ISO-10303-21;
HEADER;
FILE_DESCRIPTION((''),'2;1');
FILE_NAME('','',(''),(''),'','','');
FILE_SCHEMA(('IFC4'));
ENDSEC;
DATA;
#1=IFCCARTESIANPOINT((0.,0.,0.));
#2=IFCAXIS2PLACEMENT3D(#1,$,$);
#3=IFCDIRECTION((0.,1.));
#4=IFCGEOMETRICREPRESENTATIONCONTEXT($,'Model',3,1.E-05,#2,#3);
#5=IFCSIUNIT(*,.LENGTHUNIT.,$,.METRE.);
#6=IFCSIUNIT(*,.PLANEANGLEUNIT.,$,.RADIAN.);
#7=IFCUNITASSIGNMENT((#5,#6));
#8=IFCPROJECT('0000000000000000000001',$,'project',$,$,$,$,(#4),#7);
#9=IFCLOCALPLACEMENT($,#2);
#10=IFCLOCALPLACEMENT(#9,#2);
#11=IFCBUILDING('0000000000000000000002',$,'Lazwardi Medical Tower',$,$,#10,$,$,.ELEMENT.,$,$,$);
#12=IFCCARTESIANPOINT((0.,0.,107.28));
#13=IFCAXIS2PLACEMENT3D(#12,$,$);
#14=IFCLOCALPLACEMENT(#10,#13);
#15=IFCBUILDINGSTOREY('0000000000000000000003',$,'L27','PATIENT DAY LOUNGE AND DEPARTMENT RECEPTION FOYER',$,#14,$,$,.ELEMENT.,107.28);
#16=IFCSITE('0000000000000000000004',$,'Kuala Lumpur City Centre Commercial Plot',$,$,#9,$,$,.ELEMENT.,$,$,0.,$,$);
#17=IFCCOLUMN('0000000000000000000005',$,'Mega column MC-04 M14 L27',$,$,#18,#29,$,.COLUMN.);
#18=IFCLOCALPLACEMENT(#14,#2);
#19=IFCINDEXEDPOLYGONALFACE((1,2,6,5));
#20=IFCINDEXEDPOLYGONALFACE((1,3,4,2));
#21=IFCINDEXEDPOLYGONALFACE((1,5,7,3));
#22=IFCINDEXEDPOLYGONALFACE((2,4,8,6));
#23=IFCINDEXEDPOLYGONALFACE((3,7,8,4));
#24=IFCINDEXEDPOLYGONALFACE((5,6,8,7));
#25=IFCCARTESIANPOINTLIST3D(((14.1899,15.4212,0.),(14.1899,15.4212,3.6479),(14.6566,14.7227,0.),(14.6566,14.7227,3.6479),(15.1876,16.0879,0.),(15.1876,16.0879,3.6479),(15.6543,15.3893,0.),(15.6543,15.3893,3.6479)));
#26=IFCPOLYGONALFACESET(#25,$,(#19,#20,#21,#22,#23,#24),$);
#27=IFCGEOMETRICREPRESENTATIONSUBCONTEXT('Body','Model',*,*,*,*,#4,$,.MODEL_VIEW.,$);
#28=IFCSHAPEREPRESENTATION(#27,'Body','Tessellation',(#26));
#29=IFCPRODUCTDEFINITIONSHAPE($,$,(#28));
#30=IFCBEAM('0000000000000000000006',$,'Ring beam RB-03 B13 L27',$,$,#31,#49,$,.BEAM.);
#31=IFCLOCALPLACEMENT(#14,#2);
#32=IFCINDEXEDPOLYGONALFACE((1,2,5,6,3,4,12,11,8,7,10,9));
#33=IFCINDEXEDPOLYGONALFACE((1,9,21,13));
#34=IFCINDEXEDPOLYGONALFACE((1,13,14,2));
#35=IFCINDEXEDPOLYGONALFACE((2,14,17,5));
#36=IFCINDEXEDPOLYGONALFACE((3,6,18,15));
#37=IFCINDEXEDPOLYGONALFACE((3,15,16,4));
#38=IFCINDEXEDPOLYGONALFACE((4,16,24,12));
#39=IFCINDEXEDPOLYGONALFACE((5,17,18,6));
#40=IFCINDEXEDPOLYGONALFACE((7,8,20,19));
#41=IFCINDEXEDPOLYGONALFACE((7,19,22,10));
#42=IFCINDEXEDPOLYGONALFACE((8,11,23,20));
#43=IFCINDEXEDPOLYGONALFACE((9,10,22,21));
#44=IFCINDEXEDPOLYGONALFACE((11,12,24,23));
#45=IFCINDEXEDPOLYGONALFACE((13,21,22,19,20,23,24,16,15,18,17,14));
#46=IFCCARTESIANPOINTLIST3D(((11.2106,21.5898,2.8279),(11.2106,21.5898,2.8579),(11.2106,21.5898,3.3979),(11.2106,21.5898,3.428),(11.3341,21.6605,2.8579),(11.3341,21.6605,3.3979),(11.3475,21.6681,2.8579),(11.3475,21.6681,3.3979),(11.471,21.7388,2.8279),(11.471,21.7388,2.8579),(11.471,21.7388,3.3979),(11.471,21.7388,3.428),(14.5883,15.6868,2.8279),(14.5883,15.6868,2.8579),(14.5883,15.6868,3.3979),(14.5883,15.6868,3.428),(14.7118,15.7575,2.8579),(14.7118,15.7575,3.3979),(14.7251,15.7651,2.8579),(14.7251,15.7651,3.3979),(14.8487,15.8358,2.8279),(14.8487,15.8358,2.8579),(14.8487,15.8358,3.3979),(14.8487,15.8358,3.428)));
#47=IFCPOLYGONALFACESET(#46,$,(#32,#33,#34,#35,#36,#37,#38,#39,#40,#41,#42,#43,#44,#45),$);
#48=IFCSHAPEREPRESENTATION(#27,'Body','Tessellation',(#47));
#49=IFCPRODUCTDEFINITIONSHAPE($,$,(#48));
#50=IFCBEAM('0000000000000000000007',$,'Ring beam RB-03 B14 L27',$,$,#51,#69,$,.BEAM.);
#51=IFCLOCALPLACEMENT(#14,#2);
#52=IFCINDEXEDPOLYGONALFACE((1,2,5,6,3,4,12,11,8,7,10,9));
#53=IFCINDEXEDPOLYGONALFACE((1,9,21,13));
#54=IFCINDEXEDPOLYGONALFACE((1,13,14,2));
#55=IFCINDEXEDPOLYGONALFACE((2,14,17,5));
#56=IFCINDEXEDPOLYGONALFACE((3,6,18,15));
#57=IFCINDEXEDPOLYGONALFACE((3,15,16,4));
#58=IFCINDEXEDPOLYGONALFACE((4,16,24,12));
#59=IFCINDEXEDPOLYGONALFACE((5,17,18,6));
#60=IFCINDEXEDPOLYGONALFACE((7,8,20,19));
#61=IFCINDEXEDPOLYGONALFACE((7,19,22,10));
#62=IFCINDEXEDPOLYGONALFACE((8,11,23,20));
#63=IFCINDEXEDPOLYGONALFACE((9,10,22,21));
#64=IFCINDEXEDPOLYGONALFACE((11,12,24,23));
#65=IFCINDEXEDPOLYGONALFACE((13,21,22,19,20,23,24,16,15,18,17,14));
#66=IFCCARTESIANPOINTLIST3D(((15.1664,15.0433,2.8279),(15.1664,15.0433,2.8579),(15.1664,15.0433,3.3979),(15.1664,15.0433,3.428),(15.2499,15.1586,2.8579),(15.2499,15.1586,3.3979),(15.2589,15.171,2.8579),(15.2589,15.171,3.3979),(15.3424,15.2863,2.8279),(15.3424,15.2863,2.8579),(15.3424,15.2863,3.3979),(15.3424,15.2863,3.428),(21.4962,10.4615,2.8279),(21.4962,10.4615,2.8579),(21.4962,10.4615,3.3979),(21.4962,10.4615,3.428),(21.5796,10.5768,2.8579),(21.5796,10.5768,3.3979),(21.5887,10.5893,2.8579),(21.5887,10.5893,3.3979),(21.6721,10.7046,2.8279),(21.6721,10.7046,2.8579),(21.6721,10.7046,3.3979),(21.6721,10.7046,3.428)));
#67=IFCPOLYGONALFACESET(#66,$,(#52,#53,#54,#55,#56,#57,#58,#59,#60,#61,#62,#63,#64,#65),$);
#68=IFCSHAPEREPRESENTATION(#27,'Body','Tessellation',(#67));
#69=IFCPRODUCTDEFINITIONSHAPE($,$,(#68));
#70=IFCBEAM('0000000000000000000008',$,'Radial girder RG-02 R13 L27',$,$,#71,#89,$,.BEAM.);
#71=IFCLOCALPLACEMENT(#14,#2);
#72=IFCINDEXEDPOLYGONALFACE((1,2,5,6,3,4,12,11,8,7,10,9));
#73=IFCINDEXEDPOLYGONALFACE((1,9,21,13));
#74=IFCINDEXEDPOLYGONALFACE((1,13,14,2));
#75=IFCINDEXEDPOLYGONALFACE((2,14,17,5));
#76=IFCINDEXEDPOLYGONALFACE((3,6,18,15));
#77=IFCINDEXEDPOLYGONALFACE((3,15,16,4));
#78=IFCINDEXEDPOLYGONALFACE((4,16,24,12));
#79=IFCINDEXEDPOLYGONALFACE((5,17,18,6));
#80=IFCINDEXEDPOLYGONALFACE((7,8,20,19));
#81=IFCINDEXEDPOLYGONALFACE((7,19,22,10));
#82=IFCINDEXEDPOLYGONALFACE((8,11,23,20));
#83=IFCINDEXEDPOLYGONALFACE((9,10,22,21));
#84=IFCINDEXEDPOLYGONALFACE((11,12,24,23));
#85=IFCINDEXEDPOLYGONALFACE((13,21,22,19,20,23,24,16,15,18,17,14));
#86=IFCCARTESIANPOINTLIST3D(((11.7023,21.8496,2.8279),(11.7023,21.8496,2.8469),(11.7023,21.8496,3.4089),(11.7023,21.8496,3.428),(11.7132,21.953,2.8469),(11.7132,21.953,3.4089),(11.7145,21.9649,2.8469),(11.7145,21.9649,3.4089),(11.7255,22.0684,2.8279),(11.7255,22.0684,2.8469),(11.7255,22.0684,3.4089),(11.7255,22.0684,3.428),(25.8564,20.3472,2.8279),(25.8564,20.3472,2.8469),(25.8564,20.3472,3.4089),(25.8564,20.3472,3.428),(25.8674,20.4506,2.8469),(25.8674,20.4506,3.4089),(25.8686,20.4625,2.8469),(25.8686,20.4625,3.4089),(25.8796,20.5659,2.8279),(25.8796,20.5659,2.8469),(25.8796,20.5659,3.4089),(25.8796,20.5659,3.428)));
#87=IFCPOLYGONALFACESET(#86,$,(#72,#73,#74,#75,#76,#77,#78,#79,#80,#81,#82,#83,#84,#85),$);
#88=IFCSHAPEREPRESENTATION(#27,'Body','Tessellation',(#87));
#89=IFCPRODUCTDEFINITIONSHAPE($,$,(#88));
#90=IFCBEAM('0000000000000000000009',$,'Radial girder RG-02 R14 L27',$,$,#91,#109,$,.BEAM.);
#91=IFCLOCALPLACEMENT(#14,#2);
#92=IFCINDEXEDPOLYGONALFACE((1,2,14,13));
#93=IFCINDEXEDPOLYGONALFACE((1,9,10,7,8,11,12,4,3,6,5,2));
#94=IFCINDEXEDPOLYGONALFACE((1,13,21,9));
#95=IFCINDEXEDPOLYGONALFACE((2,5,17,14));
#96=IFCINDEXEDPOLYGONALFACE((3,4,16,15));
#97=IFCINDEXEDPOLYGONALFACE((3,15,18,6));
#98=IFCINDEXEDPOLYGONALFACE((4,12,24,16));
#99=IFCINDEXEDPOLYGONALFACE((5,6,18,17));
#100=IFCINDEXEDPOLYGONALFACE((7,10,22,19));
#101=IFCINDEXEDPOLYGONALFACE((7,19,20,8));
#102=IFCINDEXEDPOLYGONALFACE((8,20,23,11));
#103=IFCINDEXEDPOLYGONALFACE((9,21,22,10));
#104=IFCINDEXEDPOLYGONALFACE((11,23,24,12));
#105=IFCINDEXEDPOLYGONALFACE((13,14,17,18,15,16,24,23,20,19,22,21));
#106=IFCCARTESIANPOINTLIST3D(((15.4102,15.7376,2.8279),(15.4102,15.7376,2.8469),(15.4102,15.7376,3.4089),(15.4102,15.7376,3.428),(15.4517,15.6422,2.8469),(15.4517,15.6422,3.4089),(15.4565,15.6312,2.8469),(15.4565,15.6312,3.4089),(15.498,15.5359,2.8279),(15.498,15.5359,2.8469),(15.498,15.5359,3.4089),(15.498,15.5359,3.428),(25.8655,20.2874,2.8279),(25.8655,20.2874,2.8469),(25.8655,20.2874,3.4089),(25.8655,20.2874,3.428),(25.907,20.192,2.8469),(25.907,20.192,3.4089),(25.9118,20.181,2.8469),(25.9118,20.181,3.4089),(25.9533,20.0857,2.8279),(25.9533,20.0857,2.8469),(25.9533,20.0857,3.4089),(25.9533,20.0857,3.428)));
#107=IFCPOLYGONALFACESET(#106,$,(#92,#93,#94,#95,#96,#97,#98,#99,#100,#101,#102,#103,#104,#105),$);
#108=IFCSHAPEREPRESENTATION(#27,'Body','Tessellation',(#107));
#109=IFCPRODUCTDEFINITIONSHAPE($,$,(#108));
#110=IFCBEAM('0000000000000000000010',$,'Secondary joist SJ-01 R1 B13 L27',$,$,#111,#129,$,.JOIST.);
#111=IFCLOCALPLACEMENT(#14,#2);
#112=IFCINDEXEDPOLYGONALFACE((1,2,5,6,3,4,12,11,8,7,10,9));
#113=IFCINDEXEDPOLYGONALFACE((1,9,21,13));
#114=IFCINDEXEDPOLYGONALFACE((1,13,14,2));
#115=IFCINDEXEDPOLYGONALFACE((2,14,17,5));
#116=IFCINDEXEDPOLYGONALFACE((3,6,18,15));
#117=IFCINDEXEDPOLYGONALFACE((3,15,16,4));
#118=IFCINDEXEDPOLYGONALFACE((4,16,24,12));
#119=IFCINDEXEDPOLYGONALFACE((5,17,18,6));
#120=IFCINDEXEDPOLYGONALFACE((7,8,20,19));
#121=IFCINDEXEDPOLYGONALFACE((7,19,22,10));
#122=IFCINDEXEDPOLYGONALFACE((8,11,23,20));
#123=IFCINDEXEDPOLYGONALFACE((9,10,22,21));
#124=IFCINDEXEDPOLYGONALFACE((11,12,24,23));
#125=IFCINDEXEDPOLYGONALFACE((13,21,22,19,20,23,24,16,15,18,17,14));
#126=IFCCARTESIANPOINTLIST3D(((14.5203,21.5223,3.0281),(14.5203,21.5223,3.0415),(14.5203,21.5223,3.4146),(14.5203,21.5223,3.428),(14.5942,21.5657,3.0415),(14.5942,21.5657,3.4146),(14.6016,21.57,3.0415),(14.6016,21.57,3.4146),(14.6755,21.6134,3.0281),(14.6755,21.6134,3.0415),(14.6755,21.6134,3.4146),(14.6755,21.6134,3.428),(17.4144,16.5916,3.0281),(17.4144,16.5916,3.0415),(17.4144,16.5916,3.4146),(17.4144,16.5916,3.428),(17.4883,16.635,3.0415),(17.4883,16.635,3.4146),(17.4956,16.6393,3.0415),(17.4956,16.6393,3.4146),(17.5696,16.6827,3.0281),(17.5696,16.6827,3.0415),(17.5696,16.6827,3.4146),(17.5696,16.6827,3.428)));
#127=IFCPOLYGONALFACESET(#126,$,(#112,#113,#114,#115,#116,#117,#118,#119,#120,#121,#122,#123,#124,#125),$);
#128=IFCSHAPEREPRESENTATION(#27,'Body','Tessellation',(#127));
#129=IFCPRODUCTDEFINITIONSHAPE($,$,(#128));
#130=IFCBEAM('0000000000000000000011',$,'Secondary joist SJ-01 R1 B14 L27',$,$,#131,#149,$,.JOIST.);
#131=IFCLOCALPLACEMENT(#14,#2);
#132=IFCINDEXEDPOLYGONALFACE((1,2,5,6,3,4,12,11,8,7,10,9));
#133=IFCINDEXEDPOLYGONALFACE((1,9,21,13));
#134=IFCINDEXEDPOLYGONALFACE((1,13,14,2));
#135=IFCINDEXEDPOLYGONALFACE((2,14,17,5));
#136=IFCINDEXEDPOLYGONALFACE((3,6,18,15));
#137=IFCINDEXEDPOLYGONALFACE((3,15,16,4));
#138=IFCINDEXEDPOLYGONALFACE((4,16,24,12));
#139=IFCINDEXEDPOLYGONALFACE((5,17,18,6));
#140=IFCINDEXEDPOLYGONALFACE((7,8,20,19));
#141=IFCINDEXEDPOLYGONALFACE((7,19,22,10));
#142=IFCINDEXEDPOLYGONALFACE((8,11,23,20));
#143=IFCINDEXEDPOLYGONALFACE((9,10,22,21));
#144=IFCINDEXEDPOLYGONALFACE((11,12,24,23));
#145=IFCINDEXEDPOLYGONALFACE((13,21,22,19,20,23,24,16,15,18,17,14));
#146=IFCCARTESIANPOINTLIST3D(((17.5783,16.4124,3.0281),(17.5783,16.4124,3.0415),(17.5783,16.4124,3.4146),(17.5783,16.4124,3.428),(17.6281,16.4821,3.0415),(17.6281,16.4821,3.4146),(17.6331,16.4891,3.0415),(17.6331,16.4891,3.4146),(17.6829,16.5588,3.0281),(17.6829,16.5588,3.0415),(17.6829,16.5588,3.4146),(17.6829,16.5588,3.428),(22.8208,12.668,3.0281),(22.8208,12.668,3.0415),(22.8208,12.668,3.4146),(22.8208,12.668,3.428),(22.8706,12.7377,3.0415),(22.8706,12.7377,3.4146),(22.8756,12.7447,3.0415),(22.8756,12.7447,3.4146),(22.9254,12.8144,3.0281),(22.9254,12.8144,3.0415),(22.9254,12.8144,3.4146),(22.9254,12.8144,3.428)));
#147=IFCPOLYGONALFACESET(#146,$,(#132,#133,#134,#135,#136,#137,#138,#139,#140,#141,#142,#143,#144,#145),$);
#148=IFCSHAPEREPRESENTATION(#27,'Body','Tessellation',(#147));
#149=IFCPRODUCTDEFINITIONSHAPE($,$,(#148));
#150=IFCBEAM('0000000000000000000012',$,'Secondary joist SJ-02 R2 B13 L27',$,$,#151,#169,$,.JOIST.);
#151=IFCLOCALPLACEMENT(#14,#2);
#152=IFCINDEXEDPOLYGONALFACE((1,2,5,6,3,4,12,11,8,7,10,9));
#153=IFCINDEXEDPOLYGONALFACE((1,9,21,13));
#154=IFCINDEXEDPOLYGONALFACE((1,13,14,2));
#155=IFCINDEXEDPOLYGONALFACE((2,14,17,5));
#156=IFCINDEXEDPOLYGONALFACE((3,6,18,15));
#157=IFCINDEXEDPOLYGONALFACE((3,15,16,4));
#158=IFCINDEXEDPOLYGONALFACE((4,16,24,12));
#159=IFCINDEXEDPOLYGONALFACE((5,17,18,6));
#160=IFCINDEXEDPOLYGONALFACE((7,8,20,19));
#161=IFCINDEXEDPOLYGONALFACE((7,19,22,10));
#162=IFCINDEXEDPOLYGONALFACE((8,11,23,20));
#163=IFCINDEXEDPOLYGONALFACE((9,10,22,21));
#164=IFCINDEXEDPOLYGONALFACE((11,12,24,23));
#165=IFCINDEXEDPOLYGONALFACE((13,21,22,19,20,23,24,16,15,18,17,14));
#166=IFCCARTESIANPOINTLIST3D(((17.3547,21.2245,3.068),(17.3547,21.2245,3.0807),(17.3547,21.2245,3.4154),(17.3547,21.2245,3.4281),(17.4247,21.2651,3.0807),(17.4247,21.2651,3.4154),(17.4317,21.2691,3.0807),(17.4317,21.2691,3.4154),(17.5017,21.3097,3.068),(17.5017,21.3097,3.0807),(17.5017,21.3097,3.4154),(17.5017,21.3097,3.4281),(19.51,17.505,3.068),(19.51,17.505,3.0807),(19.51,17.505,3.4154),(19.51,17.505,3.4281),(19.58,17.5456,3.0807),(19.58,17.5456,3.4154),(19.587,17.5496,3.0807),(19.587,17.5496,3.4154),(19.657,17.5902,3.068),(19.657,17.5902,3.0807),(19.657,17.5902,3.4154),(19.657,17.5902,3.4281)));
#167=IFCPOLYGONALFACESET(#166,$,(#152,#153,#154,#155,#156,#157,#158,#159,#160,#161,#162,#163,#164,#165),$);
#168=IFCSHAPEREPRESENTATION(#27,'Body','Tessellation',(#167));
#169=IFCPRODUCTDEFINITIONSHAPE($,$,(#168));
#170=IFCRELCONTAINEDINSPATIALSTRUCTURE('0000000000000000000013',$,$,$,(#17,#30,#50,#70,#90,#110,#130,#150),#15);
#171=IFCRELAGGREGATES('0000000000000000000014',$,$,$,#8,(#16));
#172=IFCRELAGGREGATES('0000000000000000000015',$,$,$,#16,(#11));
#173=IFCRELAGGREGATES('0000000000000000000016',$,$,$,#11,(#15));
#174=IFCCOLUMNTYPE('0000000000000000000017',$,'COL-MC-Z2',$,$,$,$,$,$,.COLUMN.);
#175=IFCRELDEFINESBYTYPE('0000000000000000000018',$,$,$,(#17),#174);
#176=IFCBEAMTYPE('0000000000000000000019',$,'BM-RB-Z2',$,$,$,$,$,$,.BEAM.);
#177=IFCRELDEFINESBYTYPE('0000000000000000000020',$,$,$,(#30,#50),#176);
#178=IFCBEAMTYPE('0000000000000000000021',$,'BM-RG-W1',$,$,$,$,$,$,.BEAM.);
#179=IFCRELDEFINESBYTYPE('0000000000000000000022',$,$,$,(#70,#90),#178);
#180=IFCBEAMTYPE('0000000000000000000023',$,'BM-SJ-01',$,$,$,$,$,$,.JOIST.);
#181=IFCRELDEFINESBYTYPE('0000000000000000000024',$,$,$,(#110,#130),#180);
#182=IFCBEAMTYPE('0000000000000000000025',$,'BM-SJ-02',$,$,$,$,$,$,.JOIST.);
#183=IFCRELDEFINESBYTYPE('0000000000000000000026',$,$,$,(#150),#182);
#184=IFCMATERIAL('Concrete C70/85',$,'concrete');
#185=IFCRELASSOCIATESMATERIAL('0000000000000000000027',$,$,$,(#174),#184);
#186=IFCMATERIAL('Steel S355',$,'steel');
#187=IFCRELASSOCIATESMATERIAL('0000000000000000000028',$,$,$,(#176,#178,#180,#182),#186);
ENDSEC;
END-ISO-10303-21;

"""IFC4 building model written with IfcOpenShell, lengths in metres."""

from ifc_helpers import new_model, si_unit, direction, frame, origin, origin_2d, place, context, subcontext, project, spatial, rectangle, i_section, extrude, material, material_profile, profile_set, type_object, element, save


model = new_model("IFC4")

# Units and contexts
model_context = context("Model", 3, precision=1e-05, world=origin(), true_north=direction((0.0, 1.0)))
body_context = subcontext(model_context, "Body", "Model", "MODEL_VIEW")
ifc_project = project(units=[si_unit("LENGTHUNIT", "METRE"), si_unit("PLANEANGLEUNIT", "RADIAN")], contexts=[model_context])

# Site, building, storey
site_placement = place(None, origin())
site = spatial("IfcSite", under=ifc_project, at=site_placement, Name="Kuala Lumpur City Centre Commercial Plot", CompositionType="ELEMENT", RefElevation=0.0)
building_placement = place(site_placement, origin())
building = spatial("IfcBuilding", under=site, at=building_placement, Name="Lazwardi Medical Tower", CompositionType="ELEMENT")
storey_placement = place(building_placement, frame((0.0, 0.0, 107.28)))
storey = spatial("IfcBuildingStorey", under=building, at=storey_placement, Name="L27", Description="PATIENT DAY LOUNGE AND DEPARTMENT RECEPTION FOYER", CompositionType="ELEMENT", Elevation=107.28)

# Column
ifc_material_1 = material(Name="Concrete C70/85", Category="concrete")
ifc_material_profile_1 = material_profile(ifc_material_1, rectangle(XDim=1.2, YDim=0.8401, at=origin_2d()), Name="CFT-RECT 1200x840")
ifc_profile_set_1 = profile_set([ifc_material_profile_1], Name="Concrete C70/85")
column_type = type_object("IfcColumnType", Name="COL-MC-Z2", PredefinedType="COLUMN", material=ifc_profile_set_1)
column_placement = place(storey_placement, frame((14.9221, 15.4053, 0.0), z_axis=(0.0, 0.0, 1.0), x_axis=(-0.83147, -0.55557, 0.0)))
element("IfcColumn", 1, at=column_placement, inside=storey, type_object=column_type, Name="Mega column MC-04 M14 L27", PredefinedType="COLUMN", context=body_context, shape_type="SweptSolid", body=[
    extrude(rectangle(XDim=1.2, YDim=0.8401, at=origin_2d()), origin(), (0.0, 0.0, 1.0), 3.6479),
])

# Beams
ifc_material_2 = material(Name="Steel S355", Category="steel")
ifc_material_profile_2 = material_profile(ifc_material_2, i_section(OverallWidth=0.3, OverallDepth=0.6001, WebThickness=0.0154, FlangeThickness=0.03, at=origin_2d()), Name="HEB 600")
ifc_profile_set_2 = profile_set([ifc_material_profile_2], Name="Steel S355")
beam_type_1 = type_object("IfcBeamType", Name="BM-RB-Z2", PredefinedType="BEAM", material=ifc_profile_set_2)
beam_1_placement = place(storey_placement, frame((11.3408, 21.6643, 3.1279), z_axis=(0.496638, -0.867958, 0.0), x_axis=(0.867958, 0.496638, 0.0)))
element("IfcBeam", 2, at=beam_1_placement, inside=storey, type_object=beam_type_1, Name="Ring beam RB-03 B13 L27", PredefinedType="BEAM", context=body_context, shape_type="SweptSolid", body=[
    extrude(i_section(OverallWidth=0.3, OverallDepth=0.6001, WebThickness=0.0154, FlangeThickness=0.03, at=origin_2d()), origin(), (0.0, 0.0, 1.0), 6.801),
])
beam_2_placement = place(storey_placement, frame((15.2544, 15.1648, 3.1279), z_axis=(0.810057, -0.586351, 0.0), x_axis=(0.586351, 0.810057, 0.0)))
element("IfcBeam", 3, at=beam_2_placement, inside=storey, type_object=beam_type_1, Name="Ring beam RB-03 B14 L27", PredefinedType="BEAM", context=body_context, shape_type="SweptSolid", body=[
    extrude(i_section(OverallWidth=0.3, OverallDepth=0.6001, WebThickness=0.0154, FlangeThickness=0.03, at=origin_2d()), origin(), (0.0, 0.0, 1.0), 7.814),
])
ifc_material_profile_3 = material_profile(ifc_material_2, i_section(OverallWidth=0.22, OverallDepth=0.6001, WebThickness=0.012, FlangeThickness=0.019, at=origin_2d()), Name="IPE 600")
ifc_profile_set_3 = profile_set([ifc_material_profile_3], Name="Steel S355")
beam_type_2 = type_object("IfcBeamType", Name="BM-RG-W1", PredefinedType="BEAM", material=ifc_profile_set_3)
beam_3_placement = place(storey_placement, frame((11.7139, 21.959, 3.1279), z_axis=(0.994413, -0.105556, 0.0), x_axis=(0.105556, 0.994413, 0.0)))
element("IfcBeam", 4, at=beam_3_placement, inside=storey, type_object=beam_type_2, Name="Radial girder RG-02 R13 L27", PredefinedType="BEAM", context=body_context, shape_type="SweptSolid", body=[
    extrude(i_section(OverallWidth=0.22, OverallDepth=0.6001, WebThickness=0.012, FlangeThickness=0.019, at=origin_2d()), origin(), (0.0, 0.0, 1.0), 14.2336),
])
beam_4_placement = place(storey_placement, frame((15.4541, 15.6367, 3.1279), z_axis=(0.916941, 0.399022, 0.0), x_axis=(-0.399022, 0.916941, 0.0)))
element("IfcBeam", 5, at=beam_4_placement, inside=storey, type_object=beam_type_2, Name="Radial girder RG-02 R14 L27", PredefinedType="BEAM", context=body_context, shape_type="SweptSolid", body=[
    extrude(i_section(OverallWidth=0.22, OverallDepth=0.6001, WebThickness=0.012, FlangeThickness=0.019, at=origin_2d()), origin(), (0.0, 0.0, 1.0), 11.4023),
])
ifc_material_profile_4 = material_profile(ifc_material_2, i_section(OverallWidth=0.1799, OverallDepth=0.3999, WebThickness=0.0085, FlangeThickness=0.0134, at=origin_2d()), Name="IPE 400")
ifc_profile_set_4 = profile_set([ifc_material_profile_4], Name="Steel S355")
beam_type_3 = type_object("IfcBeamType", Name="BM-SJ-01", PredefinedType="JOIST", material=ifc_profile_set_4)
beam_5_placement = place(storey_placement, frame((14.5979, 21.5679, 3.228), z_axis=(0.506195, -0.862419, 0.0), x_axis=(0.862419, 0.506195, 0.0)))
element("IfcBeam", 6, at=beam_5_placement, inside=storey, type_object=beam_type_3, Name="Secondary joist SJ-01 R1 B13 L27", PredefinedType="JOIST", context=body_context, shape_type="SweptSolid", body=[
    extrude(i_section(OverallWidth=0.1799, OverallDepth=0.3999, WebThickness=0.0085, FlangeThickness=0.0134, at=origin_2d()), origin(), (0.0, 0.0, 1.0), 5.7173),
])
beam_6_placement = place(storey_placement, frame((17.6306, 16.4856, 3.228), z_axis=(0.813749, -0.581217, 0.0), x_axis=(0.581217, 0.813749, 0.0)))
element("IfcBeam", 7, at=beam_6_placement, inside=storey, type_object=beam_type_3, Name="Secondary joist SJ-01 R1 B14 L27", PredefinedType="JOIST", context=body_context, shape_type="SweptSolid", body=[
    extrude(i_section(OverallWidth=0.1799, OverallDepth=0.3999, WebThickness=0.0085, FlangeThickness=0.0134, at=origin_2d()), origin(), (0.0, 0.0, 1.0), 6.4424),
])
ifc_material_profile_5 = material_profile(ifc_material_2, i_section(OverallWidth=0.1699, OverallDepth=0.3601, WebThickness=0.0081, FlangeThickness=0.0127, at=origin_2d()), Name="IPE 360")
ifc_profile_set_5 = profile_set([ifc_material_profile_5], Name="Steel S355")
beam_type_4 = type_object("IfcBeamType", Name="BM-SJ-02", PredefinedType="JOIST", material=ifc_profile_set_5)
beam_7_placement = place(storey_placement, frame((17.4282, 21.2671, 3.248), z_axis=(0.501365, -0.865236, 0.0), x_axis=(0.865236, 0.501365, 0.0)))
element("IfcBeam", 8, at=beam_7_placement, inside=storey, type_object=beam_type_4, Name="Secondary joist SJ-02 R2 B13 L27", PredefinedType="JOIST", context=body_context, shape_type="SweptSolid", body=[
    extrude(i_section(OverallWidth=0.1699, OverallDepth=0.3601, WebThickness=0.0081, FlangeThickness=0.0127, at=origin_2d()), origin(), (0.0, 0.0, 1.0), 4.2988),
])

save(model, "model.ifc")
